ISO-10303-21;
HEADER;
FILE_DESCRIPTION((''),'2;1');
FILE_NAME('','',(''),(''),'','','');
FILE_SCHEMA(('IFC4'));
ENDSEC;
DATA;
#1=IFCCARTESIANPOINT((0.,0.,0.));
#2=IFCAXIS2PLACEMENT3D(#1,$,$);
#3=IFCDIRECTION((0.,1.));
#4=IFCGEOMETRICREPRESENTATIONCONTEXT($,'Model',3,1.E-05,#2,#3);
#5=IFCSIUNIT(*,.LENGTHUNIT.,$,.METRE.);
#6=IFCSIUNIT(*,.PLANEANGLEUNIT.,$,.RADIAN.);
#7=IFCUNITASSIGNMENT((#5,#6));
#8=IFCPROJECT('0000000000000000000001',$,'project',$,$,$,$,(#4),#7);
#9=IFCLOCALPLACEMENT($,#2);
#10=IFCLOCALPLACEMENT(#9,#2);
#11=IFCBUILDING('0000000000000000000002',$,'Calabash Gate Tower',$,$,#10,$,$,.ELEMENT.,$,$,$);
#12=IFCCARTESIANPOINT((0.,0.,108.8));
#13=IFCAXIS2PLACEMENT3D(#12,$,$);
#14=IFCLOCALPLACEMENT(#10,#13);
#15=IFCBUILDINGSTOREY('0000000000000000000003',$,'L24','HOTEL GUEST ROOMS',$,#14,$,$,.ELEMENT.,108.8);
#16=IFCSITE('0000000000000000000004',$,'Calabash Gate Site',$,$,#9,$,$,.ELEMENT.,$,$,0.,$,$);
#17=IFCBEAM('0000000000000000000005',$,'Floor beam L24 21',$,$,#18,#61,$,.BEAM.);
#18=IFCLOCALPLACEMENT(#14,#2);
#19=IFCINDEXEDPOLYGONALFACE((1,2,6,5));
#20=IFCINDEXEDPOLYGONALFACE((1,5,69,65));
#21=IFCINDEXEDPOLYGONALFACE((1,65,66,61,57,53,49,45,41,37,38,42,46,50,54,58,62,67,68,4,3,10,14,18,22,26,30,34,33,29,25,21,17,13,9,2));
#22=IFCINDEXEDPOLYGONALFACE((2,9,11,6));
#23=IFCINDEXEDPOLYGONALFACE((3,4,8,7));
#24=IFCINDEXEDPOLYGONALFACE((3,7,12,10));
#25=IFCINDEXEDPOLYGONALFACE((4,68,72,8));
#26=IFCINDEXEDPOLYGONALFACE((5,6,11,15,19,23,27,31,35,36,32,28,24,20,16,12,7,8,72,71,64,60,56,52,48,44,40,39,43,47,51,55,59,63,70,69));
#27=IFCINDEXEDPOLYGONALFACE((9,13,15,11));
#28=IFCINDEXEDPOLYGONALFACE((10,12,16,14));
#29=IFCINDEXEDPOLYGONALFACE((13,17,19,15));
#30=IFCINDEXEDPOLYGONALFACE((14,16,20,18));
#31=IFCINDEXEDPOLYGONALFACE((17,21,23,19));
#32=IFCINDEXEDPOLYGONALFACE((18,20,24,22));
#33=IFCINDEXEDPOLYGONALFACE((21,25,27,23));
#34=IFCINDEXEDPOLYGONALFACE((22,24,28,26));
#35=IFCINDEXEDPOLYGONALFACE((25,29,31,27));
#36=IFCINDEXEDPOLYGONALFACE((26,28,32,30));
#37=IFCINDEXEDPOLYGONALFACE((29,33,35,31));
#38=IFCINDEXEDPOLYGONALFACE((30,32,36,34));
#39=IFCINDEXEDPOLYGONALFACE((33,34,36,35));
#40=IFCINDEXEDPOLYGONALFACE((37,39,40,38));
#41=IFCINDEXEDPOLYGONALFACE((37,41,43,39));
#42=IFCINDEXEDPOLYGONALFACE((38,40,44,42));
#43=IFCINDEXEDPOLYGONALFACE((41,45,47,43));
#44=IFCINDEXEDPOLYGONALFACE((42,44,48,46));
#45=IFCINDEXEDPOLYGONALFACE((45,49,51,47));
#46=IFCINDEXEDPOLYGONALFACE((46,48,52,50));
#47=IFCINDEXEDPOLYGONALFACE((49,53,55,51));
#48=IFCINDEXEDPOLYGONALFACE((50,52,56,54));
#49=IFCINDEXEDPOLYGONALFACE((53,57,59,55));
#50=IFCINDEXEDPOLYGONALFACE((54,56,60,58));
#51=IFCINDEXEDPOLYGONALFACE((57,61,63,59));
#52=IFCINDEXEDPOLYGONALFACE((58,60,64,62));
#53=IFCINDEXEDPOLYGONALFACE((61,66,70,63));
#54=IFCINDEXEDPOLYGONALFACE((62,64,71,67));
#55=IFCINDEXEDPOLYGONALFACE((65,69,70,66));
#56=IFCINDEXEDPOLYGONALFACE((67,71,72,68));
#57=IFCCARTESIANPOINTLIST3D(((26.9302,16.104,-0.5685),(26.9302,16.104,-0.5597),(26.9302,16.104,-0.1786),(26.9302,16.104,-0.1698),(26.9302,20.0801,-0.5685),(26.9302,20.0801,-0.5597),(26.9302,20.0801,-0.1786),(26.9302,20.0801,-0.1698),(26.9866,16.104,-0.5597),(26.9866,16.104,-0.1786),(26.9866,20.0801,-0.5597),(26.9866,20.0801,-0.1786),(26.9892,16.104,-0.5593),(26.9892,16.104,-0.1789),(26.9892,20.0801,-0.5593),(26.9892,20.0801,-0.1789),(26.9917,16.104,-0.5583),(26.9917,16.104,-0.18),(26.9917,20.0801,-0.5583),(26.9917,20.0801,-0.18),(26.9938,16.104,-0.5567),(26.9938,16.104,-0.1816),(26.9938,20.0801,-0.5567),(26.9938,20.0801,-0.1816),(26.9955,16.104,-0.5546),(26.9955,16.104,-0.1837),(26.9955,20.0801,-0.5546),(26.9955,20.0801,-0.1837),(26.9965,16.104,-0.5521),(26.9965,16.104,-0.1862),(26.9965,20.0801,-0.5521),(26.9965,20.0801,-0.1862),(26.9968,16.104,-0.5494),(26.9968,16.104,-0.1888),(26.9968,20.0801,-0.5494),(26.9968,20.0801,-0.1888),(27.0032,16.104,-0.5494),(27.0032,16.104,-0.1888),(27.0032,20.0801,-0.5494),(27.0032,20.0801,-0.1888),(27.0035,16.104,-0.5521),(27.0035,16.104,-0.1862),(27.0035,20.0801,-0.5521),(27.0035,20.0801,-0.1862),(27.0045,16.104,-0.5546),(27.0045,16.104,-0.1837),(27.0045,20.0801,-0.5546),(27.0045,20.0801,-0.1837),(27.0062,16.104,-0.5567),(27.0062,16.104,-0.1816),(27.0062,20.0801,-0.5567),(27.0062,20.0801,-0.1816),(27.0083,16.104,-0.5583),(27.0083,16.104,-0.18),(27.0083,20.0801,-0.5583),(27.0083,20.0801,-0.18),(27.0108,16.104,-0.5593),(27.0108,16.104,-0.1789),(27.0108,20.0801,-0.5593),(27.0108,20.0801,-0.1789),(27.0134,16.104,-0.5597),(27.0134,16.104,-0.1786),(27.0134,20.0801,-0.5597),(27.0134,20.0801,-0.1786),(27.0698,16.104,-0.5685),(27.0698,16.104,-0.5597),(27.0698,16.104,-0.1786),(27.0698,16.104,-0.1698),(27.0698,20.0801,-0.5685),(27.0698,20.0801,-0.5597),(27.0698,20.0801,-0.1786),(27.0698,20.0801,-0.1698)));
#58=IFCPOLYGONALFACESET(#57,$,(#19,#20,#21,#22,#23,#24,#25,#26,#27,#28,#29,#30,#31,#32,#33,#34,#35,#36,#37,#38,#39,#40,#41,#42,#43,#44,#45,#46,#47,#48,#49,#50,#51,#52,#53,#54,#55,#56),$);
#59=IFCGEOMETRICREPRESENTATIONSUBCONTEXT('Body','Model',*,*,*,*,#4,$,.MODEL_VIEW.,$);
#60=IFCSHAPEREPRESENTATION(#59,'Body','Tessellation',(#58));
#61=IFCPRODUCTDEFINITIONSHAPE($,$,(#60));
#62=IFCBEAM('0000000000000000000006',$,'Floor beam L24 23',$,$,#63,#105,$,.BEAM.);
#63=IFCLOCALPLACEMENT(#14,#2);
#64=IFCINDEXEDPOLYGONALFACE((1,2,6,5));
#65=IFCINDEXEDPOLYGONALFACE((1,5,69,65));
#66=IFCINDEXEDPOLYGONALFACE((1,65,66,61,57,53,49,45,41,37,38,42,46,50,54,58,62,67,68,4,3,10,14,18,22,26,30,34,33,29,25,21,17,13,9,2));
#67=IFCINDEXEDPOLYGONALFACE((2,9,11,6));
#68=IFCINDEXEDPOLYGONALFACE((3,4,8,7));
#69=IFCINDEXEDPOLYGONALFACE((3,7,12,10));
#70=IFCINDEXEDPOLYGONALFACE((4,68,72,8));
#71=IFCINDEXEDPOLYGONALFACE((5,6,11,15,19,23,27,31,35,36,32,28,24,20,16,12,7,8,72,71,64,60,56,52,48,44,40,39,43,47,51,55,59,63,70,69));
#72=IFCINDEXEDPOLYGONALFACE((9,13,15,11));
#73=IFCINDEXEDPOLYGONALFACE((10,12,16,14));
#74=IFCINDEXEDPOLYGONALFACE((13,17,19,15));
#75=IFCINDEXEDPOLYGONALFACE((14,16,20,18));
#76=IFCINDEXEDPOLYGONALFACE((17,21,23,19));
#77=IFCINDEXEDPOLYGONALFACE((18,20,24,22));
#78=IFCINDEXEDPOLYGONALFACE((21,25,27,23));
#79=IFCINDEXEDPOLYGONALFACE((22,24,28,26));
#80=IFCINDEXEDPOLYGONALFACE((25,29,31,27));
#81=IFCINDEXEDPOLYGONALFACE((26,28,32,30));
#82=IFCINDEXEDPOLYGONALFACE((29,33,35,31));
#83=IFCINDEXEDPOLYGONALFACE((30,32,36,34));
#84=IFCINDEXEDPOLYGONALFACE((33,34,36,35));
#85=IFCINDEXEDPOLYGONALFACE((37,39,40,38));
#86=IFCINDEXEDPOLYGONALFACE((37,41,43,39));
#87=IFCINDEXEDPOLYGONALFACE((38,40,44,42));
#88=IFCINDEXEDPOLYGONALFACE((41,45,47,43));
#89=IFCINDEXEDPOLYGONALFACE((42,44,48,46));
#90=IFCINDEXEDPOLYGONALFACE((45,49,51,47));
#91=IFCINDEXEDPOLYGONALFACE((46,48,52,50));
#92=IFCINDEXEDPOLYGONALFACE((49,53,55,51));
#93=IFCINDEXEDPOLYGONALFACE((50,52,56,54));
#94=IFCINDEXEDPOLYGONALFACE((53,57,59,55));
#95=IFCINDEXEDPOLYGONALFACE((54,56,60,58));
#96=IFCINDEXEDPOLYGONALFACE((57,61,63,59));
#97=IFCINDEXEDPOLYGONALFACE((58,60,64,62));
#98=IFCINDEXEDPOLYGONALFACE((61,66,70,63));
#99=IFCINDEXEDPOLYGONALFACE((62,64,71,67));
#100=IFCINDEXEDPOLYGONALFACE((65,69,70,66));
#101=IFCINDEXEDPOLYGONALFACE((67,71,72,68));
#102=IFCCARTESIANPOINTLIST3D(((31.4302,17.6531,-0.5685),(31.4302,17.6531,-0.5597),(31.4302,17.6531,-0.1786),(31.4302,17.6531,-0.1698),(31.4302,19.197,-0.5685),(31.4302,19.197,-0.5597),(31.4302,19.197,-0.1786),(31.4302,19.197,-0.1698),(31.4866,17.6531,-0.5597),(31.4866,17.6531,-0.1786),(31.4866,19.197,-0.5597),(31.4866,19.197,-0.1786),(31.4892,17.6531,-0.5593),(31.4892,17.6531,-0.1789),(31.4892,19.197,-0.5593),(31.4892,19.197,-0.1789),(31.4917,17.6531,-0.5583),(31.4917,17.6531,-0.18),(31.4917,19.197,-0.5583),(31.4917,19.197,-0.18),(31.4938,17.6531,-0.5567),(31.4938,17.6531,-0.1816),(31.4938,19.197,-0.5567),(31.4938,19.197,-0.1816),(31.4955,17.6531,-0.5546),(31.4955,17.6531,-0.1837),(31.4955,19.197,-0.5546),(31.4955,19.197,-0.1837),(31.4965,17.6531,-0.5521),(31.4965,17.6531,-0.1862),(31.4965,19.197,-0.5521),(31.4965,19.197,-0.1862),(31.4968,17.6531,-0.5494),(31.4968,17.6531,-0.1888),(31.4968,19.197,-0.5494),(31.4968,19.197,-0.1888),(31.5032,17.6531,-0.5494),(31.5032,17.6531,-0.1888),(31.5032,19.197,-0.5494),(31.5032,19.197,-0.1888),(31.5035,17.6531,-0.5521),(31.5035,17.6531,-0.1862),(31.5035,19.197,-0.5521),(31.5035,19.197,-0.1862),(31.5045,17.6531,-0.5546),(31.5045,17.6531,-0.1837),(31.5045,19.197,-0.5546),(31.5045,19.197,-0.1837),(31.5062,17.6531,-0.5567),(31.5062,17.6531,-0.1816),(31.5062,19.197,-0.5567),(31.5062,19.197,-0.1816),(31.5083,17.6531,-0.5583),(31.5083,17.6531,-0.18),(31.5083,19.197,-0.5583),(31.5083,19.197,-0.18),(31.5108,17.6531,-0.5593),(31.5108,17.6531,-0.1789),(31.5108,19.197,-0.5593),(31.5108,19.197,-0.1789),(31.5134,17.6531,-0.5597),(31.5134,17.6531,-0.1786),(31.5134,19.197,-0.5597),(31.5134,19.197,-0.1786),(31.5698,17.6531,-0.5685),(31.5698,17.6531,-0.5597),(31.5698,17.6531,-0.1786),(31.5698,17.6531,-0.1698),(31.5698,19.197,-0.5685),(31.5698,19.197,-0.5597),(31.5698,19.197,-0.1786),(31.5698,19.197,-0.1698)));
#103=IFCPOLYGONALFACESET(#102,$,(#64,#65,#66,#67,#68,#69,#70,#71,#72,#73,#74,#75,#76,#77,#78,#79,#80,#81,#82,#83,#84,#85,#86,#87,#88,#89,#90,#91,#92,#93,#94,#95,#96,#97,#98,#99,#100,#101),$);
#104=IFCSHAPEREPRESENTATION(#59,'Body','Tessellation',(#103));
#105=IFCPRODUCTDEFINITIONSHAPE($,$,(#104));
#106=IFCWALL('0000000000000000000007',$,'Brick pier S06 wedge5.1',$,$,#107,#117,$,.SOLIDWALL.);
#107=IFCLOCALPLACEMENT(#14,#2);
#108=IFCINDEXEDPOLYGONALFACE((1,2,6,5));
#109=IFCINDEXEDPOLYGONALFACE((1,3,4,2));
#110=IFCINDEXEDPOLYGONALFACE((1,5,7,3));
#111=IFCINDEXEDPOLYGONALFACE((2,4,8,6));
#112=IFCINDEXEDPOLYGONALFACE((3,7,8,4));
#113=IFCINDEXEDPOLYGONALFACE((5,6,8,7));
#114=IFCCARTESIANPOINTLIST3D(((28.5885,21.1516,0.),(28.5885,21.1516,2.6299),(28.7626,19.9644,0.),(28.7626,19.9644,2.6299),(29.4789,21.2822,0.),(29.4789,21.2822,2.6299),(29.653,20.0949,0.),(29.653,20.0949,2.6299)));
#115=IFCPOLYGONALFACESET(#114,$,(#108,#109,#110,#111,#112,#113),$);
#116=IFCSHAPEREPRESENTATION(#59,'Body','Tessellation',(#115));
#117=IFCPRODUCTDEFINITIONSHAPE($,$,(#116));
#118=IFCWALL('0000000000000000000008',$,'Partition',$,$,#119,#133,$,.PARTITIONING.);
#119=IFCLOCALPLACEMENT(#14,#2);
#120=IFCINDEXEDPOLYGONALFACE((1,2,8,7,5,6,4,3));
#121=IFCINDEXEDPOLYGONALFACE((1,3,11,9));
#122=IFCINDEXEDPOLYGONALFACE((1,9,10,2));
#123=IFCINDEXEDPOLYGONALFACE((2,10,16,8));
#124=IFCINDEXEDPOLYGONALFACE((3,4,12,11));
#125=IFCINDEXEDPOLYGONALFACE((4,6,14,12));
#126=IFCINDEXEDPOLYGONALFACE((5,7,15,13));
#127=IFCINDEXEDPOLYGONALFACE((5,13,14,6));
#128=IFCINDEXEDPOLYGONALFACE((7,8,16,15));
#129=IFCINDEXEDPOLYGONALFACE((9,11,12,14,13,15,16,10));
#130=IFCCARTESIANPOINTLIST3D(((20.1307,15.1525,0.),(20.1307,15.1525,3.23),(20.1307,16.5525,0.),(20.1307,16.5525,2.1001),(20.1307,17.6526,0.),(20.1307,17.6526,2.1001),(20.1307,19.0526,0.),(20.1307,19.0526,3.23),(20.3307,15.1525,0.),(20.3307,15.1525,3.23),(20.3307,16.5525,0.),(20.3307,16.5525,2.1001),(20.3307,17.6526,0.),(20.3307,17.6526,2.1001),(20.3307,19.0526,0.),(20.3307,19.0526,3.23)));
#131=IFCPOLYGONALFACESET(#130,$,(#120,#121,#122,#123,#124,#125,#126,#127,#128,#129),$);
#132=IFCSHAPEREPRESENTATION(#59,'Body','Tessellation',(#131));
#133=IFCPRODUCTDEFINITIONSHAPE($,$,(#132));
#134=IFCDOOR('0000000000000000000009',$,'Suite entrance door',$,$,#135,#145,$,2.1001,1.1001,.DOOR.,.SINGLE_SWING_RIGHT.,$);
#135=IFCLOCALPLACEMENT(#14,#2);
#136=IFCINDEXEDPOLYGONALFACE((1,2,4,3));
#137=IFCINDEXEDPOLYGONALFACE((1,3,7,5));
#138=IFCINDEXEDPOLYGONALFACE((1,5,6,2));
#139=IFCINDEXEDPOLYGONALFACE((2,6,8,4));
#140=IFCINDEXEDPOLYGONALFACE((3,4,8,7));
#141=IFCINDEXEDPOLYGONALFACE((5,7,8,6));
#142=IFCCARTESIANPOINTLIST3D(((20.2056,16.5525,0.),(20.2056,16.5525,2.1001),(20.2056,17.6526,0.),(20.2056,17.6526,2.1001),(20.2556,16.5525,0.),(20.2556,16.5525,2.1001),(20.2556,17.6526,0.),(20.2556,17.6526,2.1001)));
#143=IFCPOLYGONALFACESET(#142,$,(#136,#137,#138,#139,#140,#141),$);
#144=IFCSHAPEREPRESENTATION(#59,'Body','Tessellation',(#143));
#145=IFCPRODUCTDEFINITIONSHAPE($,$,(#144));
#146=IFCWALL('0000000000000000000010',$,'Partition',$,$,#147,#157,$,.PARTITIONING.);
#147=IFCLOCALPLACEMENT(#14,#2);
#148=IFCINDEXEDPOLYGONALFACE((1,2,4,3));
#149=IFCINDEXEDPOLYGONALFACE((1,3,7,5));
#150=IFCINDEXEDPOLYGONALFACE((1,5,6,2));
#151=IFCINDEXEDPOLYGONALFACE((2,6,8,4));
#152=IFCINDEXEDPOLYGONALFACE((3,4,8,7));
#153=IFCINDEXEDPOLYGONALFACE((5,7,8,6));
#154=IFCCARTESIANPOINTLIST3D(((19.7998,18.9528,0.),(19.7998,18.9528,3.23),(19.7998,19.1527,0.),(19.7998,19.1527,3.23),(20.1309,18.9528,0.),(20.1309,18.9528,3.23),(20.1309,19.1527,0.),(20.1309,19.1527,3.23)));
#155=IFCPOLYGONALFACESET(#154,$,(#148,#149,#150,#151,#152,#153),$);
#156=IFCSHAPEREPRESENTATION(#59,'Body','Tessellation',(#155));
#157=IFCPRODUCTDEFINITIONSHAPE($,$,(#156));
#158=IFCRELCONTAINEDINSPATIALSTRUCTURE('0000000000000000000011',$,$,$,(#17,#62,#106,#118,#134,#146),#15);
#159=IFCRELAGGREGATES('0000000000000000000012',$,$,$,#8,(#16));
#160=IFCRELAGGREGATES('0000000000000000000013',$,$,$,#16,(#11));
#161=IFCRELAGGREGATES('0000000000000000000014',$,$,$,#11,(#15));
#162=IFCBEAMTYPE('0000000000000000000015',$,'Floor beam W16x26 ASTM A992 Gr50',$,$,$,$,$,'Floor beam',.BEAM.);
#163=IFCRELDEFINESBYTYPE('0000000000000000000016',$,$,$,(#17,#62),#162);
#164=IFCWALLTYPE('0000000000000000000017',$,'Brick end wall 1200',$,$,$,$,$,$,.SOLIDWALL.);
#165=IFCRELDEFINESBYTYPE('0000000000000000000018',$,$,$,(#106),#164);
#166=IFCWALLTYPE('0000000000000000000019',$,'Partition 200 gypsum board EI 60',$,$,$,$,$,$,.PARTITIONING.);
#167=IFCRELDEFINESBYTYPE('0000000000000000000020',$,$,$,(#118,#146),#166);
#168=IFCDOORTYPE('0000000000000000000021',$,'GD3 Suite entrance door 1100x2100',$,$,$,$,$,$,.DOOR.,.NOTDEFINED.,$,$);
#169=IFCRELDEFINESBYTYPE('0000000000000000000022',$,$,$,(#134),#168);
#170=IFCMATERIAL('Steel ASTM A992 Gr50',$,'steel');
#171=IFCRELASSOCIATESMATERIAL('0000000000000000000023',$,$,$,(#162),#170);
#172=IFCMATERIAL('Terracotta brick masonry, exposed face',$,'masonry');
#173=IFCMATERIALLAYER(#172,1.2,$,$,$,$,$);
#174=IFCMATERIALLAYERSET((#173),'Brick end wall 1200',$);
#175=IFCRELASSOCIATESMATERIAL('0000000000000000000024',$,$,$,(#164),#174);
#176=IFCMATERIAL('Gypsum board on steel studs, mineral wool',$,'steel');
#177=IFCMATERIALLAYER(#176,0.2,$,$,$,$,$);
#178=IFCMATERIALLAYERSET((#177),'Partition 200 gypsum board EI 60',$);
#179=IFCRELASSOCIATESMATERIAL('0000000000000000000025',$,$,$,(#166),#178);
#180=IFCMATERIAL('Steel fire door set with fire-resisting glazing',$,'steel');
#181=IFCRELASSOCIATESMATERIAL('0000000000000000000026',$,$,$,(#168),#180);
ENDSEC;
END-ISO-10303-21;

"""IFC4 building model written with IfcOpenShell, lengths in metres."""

from ifc_helpers import new_model, si_unit, direction, frame, frame_2d, origin, origin_2d, place, context, subcontext, project, spatial, rectangle, i_section, extrude, material, layer, layer_set, material_profile, profile_set, type_object, element, fill, save


model = new_model("IFC4")

# Units and contexts
model_context = context("Model", 3, precision=1e-05, world=origin(), true_north=direction((0.0, 1.0)))
body_context = subcontext(model_context, "Body", "Model", "MODEL_VIEW")
ifc_project = project(units=[si_unit("LENGTHUNIT", "METRE"), si_unit("PLANEANGLEUNIT", "RADIAN")], contexts=[model_context])

# Site, building, storey
site_placement = place(None, origin())
site = spatial("IfcSite", under=ifc_project, at=site_placement, Name="Calabash Gate Site", CompositionType="ELEMENT", RefElevation=0.0)
building_placement = place(site_placement, origin())
building = spatial("IfcBuilding", under=site, at=building_placement, Name="Calabash Gate Tower", CompositionType="ELEMENT")
storey_placement = place(building_placement, frame((0.0, 0.0, 108.8)))
storey = spatial("IfcBuildingStorey", under=building, at=storey_placement, Name="L24", Description="HOTEL GUEST ROOMS", CompositionType="ELEMENT", Elevation=108.8)

# Beams
ifc_material_1 = material(Name="Steel ASTM A992 Gr50", Category="steel")
ifc_material_profile_1 = material_profile(ifc_material_1, i_section(OverallWidth=0.1396, OverallDepth=0.3987, WebThickness=0.0063, FlangeThickness=0.0088, FilletRadius=0.0103, at=origin_2d()))
ifc_profile_set_1 = profile_set([ifc_material_profile_1], Name="Steel ASTM A992 Gr50")
beam_type_1 = type_object("IfcBeamType", Name="Floor beam W16x26 ASTM A992 Gr50", ElementType="Floor beam", PredefinedType="BEAM", material=ifc_profile_set_1)
beam_1_placement = place(storey_placement, frame((27.0, 16.104, -0.3691), z_axis=(0.0, 1.0, 0.0), x_axis=(-1.0, 0.0, 0.0)))
element("IfcBeam", 1, at=beam_1_placement, inside=storey, type_object=beam_type_1, Name="Floor beam L24 21", PredefinedType="BEAM", context=body_context, shape_type="SweptSolid", body=[
    extrude(i_section(OverallWidth=0.1396, OverallDepth=0.3987, WebThickness=0.0063, FlangeThickness=0.0088, FilletRadius=0.0103, at=origin_2d()), origin(), (0.0, 0.0, 1.0), 3.9761),
])
beam_2_placement = place(storey_placement, frame((31.5, 17.6531, -0.3691), z_axis=(0.0, 1.0, 0.0), x_axis=(-1.0, 0.0, 0.0)))
element("IfcBeam", 2, at=beam_2_placement, inside=storey, type_object=beam_type_1, Name="Floor beam L24 23", PredefinedType="BEAM", context=body_context, shape_type="SweptSolid", body=[
    extrude(i_section(OverallWidth=0.1396, OverallDepth=0.3987, WebThickness=0.0063, FlangeThickness=0.0088, FilletRadius=0.0103, at=origin_2d()), origin(), (0.0, 0.0, 1.0), 1.5439),
])

# Wall
ifc_material_2 = material(Name="Terracotta brick masonry, exposed face", Category="masonry")
ifc_layer_1 = layer(ifc_material_2, 1.2)
ifc_layer_set_1 = layer_set([ifc_layer_1], Name="Brick end wall 1200")
wall_type_1 = type_object("IfcWallType", Name="Brick end wall 1200", PredefinedType="SOLIDWALL", material=ifc_layer_set_1)
wall_1_placement = place(storey_placement, frame((29.0337, 21.217, 0.0), z_axis=(0.0, 0.0, 1.0), x_axis=(0.145066, -0.989422, 0.0)))
element("IfcWall", 3, at=wall_1_placement, inside=storey, type_object=wall_type_1, Name="Brick pier S06 wedge5.1", PredefinedType="SOLIDWALL", context=body_context, shape_type="SweptSolid", body=[
    extrude(rectangle(XDim=1.2, YDim=0.8999, at=frame_2d((0.6001, 0.0))), origin(), (0.0, 0.0, 1.0), 2.6299),
])

# Wall, opening, door
ifc_material_3 = material(Name="Gypsum board on steel studs, mineral wool", Category="steel")
ifc_layer_2 = layer(ifc_material_3, 0.2)
ifc_layer_set_2 = layer_set([ifc_layer_2], Name="Partition 200 gypsum board EI 60")
wall_type_2 = type_object("IfcWallType", Name="Partition 200 gypsum board EI 60", PredefinedType="PARTITIONING", material=ifc_layer_set_2)
wall_2_placement = place(storey_placement, frame((20.2307, 19.0527, 0.0), z_axis=(0.0, 0.0, 1.0), x_axis=(0.0, -1.0, 0.0)))
wall_2 = element("IfcWall", 4, at=wall_2_placement, inside=storey, type_object=wall_type_2, Name="Partition", PredefinedType="PARTITIONING", context=body_context, shape_type="SweptSolid", body=[
    extrude(rectangle(XDim=3.9001, YDim=0.2, at=frame_2d((1.9502, 0.0))), origin(), (0.0, 0.0, 1.0), 3.23),
])
opening_1_placement = place(wall_2_placement, frame((1.4001, 0.0, 0.0)))
opening_1 = element("IfcOpeningElement", 5, at=opening_1_placement, cuts=wall_2, PredefinedType="OPENING", context=body_context, shape_type="SweptSolid", body=[
    extrude(rectangle(XDim=1.1001, YDim=2.1001, at=frame_2d((0.55, 1.05))), frame((0.0, 0.1099, 0.0), z_axis=(0.0, -1.0, 0.0), x_axis=(1.0, 0.0, 0.0)), (0.0, 0.0, 1.0), 0.22),
])
ifc_material_4 = material(Name="Steel fire door set with fire-resisting glazing", Category="steel")
door_type = type_object("IfcDoorType", Name="GD3 Suite entrance door 1100x2100", OperationType="NOTDEFINED", PredefinedType="DOOR", material=ifc_material_4)
door_placement = place(opening_1_placement, origin())
door = element("IfcDoor", 6, at=door_placement, inside=storey, type_object=door_type, Name="Suite entrance door", OperationType="SINGLE_SWING_RIGHT", OverallHeight=2.1001, OverallWidth=1.1001, PredefinedType="DOOR", context=body_context, shape_type="SweptSolid", body=[
    extrude(rectangle(XDim=1.1001, YDim=2.1001, at=frame_2d((0.55, 1.05))), frame((0.0, 0.0249, 0.0), z_axis=(0.0, -1.0, 0.0), x_axis=(1.0, 0.0, 0.0)), (0.0, 0.0, 1.0), 0.05),
])
fill(opening_1, door)

# Wall
wall_3_placement = place(storey_placement, frame((19.7998, 19.0527, 0.0), z_axis=(0.0, 0.0, 1.0), x_axis=(1.0, 0.0, 0.0)))
element("IfcWall", 7, at=wall_3_placement, inside=storey, type_object=wall_type_2, Name="Partition", PredefinedType="PARTITIONING", context=body_context, shape_type="SweptSolid", body=[
    extrude(rectangle(XDim=0.3311, YDim=0.2, at=frame_2d((0.1655, 0.0))), origin(), (0.0, 0.0, 1.0), 3.23),
])

save(model, "model.ifc")
